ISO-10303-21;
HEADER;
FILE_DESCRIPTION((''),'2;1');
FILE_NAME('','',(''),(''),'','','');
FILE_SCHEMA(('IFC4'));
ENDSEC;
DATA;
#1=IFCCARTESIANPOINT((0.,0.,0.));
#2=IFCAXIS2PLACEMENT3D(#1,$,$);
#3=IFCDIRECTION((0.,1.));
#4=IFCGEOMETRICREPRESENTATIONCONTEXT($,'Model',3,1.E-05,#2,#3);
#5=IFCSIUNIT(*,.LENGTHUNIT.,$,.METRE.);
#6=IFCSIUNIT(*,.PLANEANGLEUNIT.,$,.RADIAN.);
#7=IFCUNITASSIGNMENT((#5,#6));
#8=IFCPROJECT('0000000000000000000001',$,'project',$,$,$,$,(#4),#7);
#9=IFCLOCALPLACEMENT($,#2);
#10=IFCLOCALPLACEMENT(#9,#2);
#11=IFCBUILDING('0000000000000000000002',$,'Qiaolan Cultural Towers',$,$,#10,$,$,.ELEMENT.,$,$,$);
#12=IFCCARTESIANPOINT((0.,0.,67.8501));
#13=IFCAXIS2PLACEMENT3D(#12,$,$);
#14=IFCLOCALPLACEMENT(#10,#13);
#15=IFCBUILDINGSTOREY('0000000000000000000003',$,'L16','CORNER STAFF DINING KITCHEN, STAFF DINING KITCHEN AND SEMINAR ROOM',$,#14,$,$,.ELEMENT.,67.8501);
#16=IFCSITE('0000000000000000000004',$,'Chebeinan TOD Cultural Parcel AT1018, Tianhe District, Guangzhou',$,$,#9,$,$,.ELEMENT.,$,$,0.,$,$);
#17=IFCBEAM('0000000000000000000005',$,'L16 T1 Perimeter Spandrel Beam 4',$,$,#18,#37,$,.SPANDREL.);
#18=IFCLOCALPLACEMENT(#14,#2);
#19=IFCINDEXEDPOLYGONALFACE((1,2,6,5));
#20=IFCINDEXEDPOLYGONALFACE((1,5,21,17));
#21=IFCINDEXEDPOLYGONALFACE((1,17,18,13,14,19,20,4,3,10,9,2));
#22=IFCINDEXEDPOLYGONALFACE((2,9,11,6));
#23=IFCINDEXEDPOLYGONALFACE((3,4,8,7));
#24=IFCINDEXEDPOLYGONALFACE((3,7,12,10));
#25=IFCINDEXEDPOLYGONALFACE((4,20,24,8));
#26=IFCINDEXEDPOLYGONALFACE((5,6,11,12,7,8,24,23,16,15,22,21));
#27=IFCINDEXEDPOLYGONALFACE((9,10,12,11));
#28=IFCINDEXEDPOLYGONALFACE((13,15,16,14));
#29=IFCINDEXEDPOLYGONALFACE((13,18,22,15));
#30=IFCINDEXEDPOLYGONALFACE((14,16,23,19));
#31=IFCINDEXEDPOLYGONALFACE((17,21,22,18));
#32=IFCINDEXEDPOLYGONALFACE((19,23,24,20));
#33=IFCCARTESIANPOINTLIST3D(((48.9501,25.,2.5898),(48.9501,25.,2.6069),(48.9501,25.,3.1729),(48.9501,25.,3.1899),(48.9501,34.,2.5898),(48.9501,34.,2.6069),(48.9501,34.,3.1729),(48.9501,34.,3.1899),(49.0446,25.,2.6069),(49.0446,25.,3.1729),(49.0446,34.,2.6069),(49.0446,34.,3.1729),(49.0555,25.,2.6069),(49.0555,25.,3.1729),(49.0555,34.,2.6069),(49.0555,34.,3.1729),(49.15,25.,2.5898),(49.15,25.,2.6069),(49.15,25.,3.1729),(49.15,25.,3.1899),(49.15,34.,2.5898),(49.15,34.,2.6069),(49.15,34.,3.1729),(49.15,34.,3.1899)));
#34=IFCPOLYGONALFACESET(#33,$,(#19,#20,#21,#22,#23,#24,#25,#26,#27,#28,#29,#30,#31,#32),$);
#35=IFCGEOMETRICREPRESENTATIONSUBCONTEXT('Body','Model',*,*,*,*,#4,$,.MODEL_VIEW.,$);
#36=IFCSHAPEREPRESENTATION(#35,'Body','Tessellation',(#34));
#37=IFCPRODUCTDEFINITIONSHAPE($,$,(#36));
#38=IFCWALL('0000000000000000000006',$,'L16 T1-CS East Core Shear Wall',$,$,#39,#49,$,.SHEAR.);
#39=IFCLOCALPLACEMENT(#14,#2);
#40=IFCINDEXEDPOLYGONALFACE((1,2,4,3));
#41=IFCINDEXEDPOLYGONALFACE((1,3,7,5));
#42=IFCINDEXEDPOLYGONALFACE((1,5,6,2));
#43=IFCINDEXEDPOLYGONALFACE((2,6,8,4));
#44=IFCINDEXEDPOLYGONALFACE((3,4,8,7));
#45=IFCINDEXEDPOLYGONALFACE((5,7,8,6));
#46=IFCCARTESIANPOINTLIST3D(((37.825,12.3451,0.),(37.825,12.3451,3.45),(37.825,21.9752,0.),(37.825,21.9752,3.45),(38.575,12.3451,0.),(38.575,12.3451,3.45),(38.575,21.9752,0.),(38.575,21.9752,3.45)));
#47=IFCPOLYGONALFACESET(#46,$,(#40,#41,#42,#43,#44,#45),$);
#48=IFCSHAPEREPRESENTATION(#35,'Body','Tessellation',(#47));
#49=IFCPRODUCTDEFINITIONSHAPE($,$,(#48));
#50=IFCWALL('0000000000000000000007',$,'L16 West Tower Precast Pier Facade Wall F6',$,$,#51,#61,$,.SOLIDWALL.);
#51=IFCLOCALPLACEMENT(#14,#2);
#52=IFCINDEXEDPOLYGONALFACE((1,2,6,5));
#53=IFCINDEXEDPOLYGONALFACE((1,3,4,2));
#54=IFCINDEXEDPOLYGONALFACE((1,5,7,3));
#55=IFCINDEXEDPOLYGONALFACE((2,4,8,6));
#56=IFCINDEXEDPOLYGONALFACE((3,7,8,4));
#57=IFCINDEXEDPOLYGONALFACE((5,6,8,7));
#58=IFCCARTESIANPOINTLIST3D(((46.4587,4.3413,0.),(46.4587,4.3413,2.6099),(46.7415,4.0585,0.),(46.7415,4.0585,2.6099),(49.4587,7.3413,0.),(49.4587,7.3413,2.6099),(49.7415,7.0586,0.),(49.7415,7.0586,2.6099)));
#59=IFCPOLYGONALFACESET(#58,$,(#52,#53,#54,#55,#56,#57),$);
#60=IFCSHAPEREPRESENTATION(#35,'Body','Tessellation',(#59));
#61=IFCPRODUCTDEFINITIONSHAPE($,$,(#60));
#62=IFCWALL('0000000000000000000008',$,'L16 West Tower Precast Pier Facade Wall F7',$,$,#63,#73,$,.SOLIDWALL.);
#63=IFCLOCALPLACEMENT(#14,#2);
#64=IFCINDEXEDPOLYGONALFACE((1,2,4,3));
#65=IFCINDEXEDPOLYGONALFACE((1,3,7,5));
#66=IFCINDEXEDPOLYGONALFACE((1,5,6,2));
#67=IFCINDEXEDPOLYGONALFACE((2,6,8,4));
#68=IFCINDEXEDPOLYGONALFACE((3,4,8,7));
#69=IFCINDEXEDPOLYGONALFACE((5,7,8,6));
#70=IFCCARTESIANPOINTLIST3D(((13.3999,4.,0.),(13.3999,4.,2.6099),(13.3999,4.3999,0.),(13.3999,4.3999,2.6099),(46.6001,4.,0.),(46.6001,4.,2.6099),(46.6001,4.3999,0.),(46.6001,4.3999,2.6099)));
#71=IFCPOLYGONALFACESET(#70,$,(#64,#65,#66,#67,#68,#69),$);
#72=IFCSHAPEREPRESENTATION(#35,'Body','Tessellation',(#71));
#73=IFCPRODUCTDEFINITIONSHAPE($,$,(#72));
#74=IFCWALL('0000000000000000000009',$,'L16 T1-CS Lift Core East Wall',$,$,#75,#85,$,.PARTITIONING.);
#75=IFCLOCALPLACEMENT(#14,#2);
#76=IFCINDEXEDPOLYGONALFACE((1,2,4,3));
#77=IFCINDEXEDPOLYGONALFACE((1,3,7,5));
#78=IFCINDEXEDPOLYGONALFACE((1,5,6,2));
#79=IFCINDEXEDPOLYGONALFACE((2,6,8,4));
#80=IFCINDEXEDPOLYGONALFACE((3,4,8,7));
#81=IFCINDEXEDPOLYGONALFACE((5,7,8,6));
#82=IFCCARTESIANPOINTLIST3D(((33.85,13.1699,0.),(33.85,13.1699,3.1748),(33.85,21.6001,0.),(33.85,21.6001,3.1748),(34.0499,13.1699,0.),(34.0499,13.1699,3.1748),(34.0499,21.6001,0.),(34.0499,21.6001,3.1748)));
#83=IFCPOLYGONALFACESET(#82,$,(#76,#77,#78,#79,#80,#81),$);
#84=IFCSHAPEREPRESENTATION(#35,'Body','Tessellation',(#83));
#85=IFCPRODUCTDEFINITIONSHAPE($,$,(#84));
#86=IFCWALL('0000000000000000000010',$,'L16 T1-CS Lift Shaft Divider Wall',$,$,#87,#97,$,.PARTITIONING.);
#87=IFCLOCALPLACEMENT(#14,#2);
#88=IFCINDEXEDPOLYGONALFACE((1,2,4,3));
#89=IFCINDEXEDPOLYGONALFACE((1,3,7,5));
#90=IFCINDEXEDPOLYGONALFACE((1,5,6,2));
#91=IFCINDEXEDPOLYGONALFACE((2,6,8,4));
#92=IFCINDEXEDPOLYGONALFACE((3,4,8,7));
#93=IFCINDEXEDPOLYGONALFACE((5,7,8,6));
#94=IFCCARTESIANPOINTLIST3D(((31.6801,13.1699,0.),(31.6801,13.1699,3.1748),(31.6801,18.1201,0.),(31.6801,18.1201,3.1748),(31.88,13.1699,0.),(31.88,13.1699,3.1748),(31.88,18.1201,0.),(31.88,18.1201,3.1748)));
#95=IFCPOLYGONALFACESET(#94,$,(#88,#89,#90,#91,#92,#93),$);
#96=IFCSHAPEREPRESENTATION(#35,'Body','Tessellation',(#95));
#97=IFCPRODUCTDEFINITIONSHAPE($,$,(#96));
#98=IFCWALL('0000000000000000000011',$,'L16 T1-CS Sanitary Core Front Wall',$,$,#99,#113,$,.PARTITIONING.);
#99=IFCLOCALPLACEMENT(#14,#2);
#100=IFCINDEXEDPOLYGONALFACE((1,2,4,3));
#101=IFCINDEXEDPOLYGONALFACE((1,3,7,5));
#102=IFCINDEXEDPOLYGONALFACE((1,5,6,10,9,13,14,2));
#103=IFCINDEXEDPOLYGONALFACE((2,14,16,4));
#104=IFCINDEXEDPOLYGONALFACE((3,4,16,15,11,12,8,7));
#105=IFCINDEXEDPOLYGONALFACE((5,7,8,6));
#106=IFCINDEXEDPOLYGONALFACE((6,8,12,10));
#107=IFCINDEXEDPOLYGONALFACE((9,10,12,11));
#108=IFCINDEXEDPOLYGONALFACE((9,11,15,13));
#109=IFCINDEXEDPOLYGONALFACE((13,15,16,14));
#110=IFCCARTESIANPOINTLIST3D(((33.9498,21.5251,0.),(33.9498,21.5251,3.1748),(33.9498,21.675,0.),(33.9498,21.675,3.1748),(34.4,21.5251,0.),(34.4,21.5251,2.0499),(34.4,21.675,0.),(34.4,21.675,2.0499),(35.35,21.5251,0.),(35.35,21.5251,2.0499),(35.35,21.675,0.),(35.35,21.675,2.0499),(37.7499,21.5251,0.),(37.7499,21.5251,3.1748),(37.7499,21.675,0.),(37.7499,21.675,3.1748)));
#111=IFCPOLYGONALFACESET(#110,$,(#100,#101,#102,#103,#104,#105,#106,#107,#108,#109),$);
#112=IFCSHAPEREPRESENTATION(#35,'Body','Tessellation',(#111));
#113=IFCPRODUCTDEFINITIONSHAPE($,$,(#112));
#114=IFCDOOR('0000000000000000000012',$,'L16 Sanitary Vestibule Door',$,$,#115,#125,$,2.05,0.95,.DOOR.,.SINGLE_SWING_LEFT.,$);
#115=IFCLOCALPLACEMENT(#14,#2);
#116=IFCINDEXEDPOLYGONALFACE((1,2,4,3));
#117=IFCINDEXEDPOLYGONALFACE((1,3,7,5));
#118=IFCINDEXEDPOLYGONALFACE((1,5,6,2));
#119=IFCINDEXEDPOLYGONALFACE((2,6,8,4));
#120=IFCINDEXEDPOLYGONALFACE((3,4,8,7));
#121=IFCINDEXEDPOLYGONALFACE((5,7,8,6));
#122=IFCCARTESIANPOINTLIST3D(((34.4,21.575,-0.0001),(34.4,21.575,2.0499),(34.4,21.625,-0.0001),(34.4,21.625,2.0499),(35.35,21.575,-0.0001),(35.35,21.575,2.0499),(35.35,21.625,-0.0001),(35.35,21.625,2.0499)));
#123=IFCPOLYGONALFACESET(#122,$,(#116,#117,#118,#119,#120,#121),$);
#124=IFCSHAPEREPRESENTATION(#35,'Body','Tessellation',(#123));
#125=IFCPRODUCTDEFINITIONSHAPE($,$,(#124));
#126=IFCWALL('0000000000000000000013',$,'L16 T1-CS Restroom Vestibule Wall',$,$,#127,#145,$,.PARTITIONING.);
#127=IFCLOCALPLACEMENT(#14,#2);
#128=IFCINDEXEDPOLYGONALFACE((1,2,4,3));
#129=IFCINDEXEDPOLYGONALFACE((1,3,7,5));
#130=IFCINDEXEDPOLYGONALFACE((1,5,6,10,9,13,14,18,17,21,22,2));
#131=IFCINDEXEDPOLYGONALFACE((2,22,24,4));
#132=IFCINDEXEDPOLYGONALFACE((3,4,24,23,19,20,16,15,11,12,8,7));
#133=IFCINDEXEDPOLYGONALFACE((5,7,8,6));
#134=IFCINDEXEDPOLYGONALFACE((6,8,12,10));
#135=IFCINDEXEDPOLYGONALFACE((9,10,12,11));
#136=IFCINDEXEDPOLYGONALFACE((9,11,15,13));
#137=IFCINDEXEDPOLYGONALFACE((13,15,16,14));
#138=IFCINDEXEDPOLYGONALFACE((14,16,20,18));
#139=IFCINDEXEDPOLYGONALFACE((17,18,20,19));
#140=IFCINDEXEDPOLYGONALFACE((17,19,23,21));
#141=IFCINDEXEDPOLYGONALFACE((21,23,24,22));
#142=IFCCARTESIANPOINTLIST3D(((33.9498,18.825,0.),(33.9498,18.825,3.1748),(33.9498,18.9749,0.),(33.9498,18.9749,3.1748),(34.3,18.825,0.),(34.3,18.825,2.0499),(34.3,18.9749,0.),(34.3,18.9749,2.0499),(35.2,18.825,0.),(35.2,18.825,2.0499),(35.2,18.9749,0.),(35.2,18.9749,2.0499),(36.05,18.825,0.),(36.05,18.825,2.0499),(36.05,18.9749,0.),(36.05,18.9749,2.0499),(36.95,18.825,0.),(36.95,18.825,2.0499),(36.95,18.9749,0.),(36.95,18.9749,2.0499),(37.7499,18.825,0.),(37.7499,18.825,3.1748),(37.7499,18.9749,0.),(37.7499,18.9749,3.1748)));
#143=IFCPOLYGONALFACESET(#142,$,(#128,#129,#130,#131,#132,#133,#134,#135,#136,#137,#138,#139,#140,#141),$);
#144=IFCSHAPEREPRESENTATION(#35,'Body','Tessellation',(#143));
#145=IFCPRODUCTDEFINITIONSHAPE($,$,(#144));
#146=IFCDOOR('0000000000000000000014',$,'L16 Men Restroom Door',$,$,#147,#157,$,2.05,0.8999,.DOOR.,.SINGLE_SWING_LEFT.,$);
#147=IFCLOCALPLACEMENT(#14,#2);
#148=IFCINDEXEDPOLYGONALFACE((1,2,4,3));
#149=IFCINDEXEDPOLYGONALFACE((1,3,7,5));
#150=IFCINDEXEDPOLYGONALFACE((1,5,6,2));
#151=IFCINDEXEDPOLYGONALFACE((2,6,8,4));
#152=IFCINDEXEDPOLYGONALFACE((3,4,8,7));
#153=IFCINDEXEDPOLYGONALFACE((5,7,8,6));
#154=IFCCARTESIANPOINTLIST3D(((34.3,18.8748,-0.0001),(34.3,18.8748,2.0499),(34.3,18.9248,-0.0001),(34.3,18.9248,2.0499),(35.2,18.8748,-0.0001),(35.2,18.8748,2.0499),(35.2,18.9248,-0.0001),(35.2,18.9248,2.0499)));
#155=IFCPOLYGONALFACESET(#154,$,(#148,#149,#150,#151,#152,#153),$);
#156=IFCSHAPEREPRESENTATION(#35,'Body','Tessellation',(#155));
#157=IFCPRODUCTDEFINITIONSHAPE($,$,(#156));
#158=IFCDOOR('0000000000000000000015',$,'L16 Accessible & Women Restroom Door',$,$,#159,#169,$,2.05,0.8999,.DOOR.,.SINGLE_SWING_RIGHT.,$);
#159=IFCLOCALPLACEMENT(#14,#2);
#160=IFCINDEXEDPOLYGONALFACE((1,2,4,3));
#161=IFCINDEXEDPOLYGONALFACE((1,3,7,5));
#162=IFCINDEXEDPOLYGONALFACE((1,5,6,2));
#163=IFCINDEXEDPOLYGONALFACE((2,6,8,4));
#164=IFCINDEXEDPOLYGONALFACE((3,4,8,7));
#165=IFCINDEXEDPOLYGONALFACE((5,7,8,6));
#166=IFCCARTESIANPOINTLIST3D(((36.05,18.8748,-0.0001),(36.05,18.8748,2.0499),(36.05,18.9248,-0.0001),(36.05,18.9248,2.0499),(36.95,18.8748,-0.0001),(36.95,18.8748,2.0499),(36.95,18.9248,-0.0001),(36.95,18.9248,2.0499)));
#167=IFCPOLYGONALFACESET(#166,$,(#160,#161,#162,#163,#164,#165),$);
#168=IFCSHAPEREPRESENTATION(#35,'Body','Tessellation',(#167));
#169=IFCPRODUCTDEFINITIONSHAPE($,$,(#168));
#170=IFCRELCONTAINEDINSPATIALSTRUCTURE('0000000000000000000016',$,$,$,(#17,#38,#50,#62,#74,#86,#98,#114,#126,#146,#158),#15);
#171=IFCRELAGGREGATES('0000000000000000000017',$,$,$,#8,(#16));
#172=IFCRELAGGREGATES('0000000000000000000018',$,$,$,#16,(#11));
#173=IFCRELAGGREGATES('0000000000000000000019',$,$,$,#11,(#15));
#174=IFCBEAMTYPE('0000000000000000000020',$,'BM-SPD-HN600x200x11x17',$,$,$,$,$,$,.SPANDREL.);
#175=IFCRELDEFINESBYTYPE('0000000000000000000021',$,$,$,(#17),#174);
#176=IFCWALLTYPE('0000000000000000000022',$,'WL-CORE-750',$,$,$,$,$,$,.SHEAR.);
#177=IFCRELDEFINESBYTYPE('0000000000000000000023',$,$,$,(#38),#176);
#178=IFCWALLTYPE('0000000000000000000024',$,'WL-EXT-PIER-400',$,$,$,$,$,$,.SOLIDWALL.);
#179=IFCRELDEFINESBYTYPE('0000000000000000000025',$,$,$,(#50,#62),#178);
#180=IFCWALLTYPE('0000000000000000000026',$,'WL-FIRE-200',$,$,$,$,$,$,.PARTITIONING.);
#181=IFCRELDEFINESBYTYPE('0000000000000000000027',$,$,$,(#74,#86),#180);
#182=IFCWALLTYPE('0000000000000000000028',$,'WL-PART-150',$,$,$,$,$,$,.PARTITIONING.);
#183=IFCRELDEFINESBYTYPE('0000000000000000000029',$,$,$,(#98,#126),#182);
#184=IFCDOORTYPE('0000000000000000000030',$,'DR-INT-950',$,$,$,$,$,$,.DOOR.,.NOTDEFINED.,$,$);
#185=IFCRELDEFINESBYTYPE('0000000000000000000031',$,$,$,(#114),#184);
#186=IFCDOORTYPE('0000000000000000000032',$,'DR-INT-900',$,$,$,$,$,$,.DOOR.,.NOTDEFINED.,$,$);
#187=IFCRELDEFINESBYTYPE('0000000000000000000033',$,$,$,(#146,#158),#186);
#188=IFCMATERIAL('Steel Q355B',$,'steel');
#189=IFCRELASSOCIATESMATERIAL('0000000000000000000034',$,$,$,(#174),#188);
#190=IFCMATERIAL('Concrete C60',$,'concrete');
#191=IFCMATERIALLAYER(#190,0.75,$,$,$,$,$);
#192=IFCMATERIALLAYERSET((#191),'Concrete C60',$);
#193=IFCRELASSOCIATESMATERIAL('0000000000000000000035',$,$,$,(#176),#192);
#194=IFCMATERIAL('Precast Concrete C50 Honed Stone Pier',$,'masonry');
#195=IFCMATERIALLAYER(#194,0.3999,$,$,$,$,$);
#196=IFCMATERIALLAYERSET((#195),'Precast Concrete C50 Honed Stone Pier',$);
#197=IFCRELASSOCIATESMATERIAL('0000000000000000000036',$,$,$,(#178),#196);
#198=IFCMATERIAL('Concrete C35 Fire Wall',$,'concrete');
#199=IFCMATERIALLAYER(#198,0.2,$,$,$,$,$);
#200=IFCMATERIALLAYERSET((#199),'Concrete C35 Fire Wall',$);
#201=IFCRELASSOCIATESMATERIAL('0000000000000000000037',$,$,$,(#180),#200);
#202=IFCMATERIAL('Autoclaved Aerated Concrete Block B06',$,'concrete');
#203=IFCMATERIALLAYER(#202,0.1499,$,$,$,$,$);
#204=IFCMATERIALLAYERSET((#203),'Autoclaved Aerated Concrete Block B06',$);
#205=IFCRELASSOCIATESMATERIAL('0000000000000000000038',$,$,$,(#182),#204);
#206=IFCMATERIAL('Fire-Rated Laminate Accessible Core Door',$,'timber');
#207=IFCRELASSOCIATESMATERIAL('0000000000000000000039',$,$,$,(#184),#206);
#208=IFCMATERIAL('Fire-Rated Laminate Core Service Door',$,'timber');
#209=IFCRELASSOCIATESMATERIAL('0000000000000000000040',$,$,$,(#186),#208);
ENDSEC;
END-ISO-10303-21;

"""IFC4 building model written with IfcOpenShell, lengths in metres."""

from ifc_helpers import new_model, si_unit, direction, frame, frame_2d, origin, origin_2d, place, context, subcontext, project, spatial, rectangle, i_section, extrude, material, layer, layer_set, material_profile, profile_set, type_object, element, fill, save


model = new_model("IFC4")

# Units and contexts
model_context = context("Model", 3, precision=1e-05, world=origin(), true_north=direction((0.0, 1.0)))
body_context = subcontext(model_context, "Body", "Model", "MODEL_VIEW")
ifc_project = project(units=[si_unit("LENGTHUNIT", "METRE"), si_unit("PLANEANGLEUNIT", "RADIAN")], contexts=[model_context])

# Site, building, storey
site_placement = place(None, origin())
site = spatial("IfcSite", under=ifc_project, at=site_placement, Name="Chebeinan TOD Cultural Parcel AT1018, Tianhe District, Guangzhou", CompositionType="ELEMENT", RefElevation=0.0)
building_placement = place(site_placement, origin())
building = spatial("IfcBuilding", under=site, at=building_placement, Name="Qiaolan Cultural Towers", CompositionType="ELEMENT")
storey_placement = place(building_placement, frame((0.0, 0.0, 67.8501)))
storey = spatial("IfcBuildingStorey", under=building, at=storey_placement, Name="L16", Description="CORNER STAFF DINING KITCHEN, STAFF DINING KITCHEN AND SEMINAR ROOM", CompositionType="ELEMENT", Elevation=67.8501)

# Beam
ifc_material_1 = material(Name="Steel Q355B", Category="steel")
ifc_material_profile_1 = material_profile(ifc_material_1, i_section(OverallWidth=0.2, OverallDepth=0.6001, WebThickness=0.011, FlangeThickness=0.0171, at=origin_2d()), Name="HN600x200x11x17")
ifc_profile_set_1 = profile_set([ifc_material_profile_1], Name="Steel Q355B")
beam_type_1 = type_object("IfcBeamType", Name="BM-SPD-HN600x200x11x17", PredefinedType="SPANDREL", material=ifc_profile_set_1)
beam_1_placement = place(storey_placement, frame((49.05, 25.0, 2.8899), z_axis=(0.0, 1.0, 0.0), x_axis=(-1.0, 0.0, 0.0)))
element("IfcBeam", 1, at=beam_1_placement, inside=storey, type_object=beam_type_1, Name="L16 T1 Perimeter Spandrel Beam 4", PredefinedType="SPANDREL", context=body_context, shape_type="SweptSolid", body=[
    extrude(i_section(OverallWidth=0.2, OverallDepth=0.6001, WebThickness=0.011, FlangeThickness=0.0171, at=origin_2d()), origin(), (0.0, 0.0, 1.0), 9.0),
])

# Walls
ifc_material_2 = material(Name="Concrete C60", Category="concrete")
ifc_layer_1 = layer(ifc_material_2, 0.75)
ifc_layer_set_1 = layer_set([ifc_layer_1], Name="Concrete C60")
wall_type_1 = type_object("IfcWallType", Name="WL-CORE-750", PredefinedType="SHEAR", material=ifc_layer_set_1)
wall_1_placement = place(storey_placement, frame((38.2, 21.9751, 0.0), z_axis=(0.0, 0.0, 1.0), x_axis=(0.0, -1.0, 0.0)))
element("IfcWall", 2, at=wall_1_placement, inside=storey, type_object=wall_type_1, Name="L16 T1-CS East Core Shear Wall", PredefinedType="SHEAR", context=body_context, shape_type="SweptSolid", body=[
    extrude(rectangle(XDim=9.6301, YDim=0.75, at=frame_2d((4.8149, 0.0))), origin(), (0.0, 0.0, 1.0), 3.45),
])
ifc_material_3 = material(Name="Precast Concrete C50 Honed Stone Pier", Category="masonry")
ifc_layer_2 = layer(ifc_material_3, 0.3999)
ifc_layer_set_2 = layer_set([ifc_layer_2], Name="Precast Concrete C50 Honed Stone Pier")
wall_type_2 = type_object("IfcWallType", Name="WL-EXT-PIER-400", PredefinedType="SOLIDWALL", material=ifc_layer_set_2)
wall_2_placement = place(storey_placement, frame((49.6001, 7.2, 0.0), z_axis=(0.0, 0.0, 1.0), x_axis=(-0.707107, -0.707107, 0.0)))
element("IfcWall", 3, at=wall_2_placement, inside=storey, type_object=wall_type_2, Name="L16 West Tower Precast Pier Facade Wall F6", PredefinedType="SOLIDWALL", context=body_context, shape_type="SweptSolid", body=[
    extrude(rectangle(XDim=4.2427, YDim=0.3999, at=frame_2d((2.1213, 0.0))), origin(), (0.0, 0.0, 1.0), 2.6099),
])
wall_3_placement = place(storey_placement, frame((46.6001, 4.2, 0.0), z_axis=(0.0, 0.0, 1.0), x_axis=(-1.0, 0.0, 0.0)))
element("IfcWall", 4, at=wall_3_placement, inside=storey, type_object=wall_type_2, Name="L16 West Tower Precast Pier Facade Wall F7", PredefinedType="SOLIDWALL", context=body_context, shape_type="SweptSolid", body=[
    extrude(rectangle(XDim=33.2002, YDim=0.3999, at=frame_2d((16.6001, 0.0))), origin(), (0.0, 0.0, 1.0), 2.6099),
])
ifc_material_4 = material(Name="Concrete C35 Fire Wall", Category="concrete")
ifc_layer_3 = layer(ifc_material_4, 0.2)
ifc_layer_set_3 = layer_set([ifc_layer_3], Name="Concrete C35 Fire Wall")
wall_type_3 = type_object("IfcWallType", Name="WL-FIRE-200", PredefinedType="PARTITIONING", material=ifc_layer_set_3)
wall_4_placement = place(storey_placement, frame((33.95, 21.6001, 0.0), z_axis=(0.0, 0.0, 1.0), x_axis=(0.0, -1.0, 0.0)))
element("IfcWall", 5, at=wall_4_placement, inside=storey, type_object=wall_type_3, Name="L16 T1-CS Lift Core East Wall", PredefinedType="PARTITIONING", context=body_context, shape_type="SweptSolid", body=[
    extrude(rectangle(XDim=8.4302, YDim=0.2, at=frame_2d((4.2151, 0.0))), origin(), (0.0, 0.0, 1.0), 3.1748),
])
wall_5_placement = place(storey_placement, frame((31.78, 18.1201, 0.0), z_axis=(0.0, 0.0, 1.0), x_axis=(0.0, -1.0, 0.0)))
element("IfcWall", 6, at=wall_5_placement, inside=storey, type_object=wall_type_3, Name="L16 T1-CS Lift Shaft Divider Wall", PredefinedType="PARTITIONING", context=body_context, shape_type="SweptSolid", body=[
    extrude(rectangle(XDim=4.9502, YDim=0.2, at=frame_2d((2.4751, 0.0))), origin(), (0.0, 0.0, 1.0), 3.1748),
])

# Wall, opening, door
ifc_material_5 = material(Name="Autoclaved Aerated Concrete Block B06", Category="concrete")
ifc_layer_4 = layer(ifc_material_5, 0.1499)
ifc_layer_set_4 = layer_set([ifc_layer_4], Name="Autoclaved Aerated Concrete Block B06")
wall_type_4 = type_object("IfcWallType", Name="WL-PART-150", PredefinedType="PARTITIONING", material=ifc_layer_set_4)
wall_6_placement = place(storey_placement, frame((33.95, 21.6001, 0.0), z_axis=(0.0, 0.0, 1.0), x_axis=(1.0, 0.0, 0.0)))
wall_6 = element("IfcWall", 7, at=wall_6_placement, inside=storey, type_object=wall_type_4, Name="L16 T1-CS Sanitary Core Front Wall", PredefinedType="PARTITIONING", context=body_context, shape_type="SweptSolid", body=[
    extrude(rectangle(XDim=3.8, YDim=0.1499, at=frame_2d((1.8999, 0.0))), origin(), (0.0, 0.0, 1.0), 3.1748),
])
opening_1_placement = place(wall_6_placement, frame((0.45, 0.0, 0.0)))
opening_1 = element("IfcOpeningElement", 8, at=opening_1_placement, cuts=wall_6, PredefinedType="OPENING", context=body_context, shape_type="SweptSolid", body=[
    extrude(rectangle(XDim=0.95, YDim=2.05, at=frame_2d((0.4751, 1.0249))), frame((0.0, 0.085, 0.0), z_axis=(0.0, -1.0, 0.0), x_axis=(1.0, 0.0, 0.0)), (0.0, 0.0, 1.0), 0.1699),
])
ifc_material_6 = material(Name="Fire-Rated Laminate Accessible Core Door", Category="timber")
door_type_1 = type_object("IfcDoorType", Name="DR-INT-950", OperationType="NOTDEFINED", PredefinedType="DOOR", material=ifc_material_6)
door_1_placement = place(opening_1_placement, origin())
door_1 = element("IfcDoor", 9, at=door_1_placement, inside=storey, type_object=door_type_1, Name="L16 Sanitary Vestibule Door", OperationType="SINGLE_SWING_LEFT", OverallHeight=2.05, OverallWidth=0.95, PredefinedType="DOOR", context=body_context, shape_type="SweptSolid", body=[
    extrude(rectangle(XDim=0.95, YDim=2.05, at=frame_2d((0.4751, 1.0249))), frame((0.0, 0.0249, 0.0), z_axis=(0.0, -1.0, 0.0), x_axis=(1.0, 0.0, 0.0)), (0.0, 0.0, 1.0), 0.05),
])
fill(opening_1, door_1)

# Wall, openings, doors
wall_7_placement = place(storey_placement, frame((33.95, 18.8999, 0.0), z_axis=(0.0, 0.0, 1.0), x_axis=(1.0, 0.0, 0.0)))
wall_7 = element("IfcWall", 10, at=wall_7_placement, inside=storey, type_object=wall_type_4, Name="L16 T1-CS Restroom Vestibule Wall", PredefinedType="PARTITIONING", context=body_context, shape_type="SweptSolid", body=[
    extrude(rectangle(XDim=3.8, YDim=0.1499, at=frame_2d((1.8999, 0.0))), origin(), (0.0, 0.0, 1.0), 3.1748),
])
opening_2_placement = place(wall_7_placement, frame((0.3501, 0.0, 0.0)))
opening_2 = element("IfcOpeningElement", 11, at=opening_2_placement, cuts=wall_7, PredefinedType="OPENING", context=body_context, shape_type="SweptSolid", body=[
    extrude(rectangle(XDim=0.8999, YDim=2.05, at=frame_2d((0.45, 1.0249))), frame((0.0, 0.085, 0.0), z_axis=(0.0, -1.0, 0.0), x_axis=(1.0, 0.0, 0.0)), (0.0, 0.0, 1.0), 0.1699),
])
opening_3_placement = place(wall_7_placement, frame((2.1001, 0.0, 0.0)))
opening_3 = element("IfcOpeningElement", 12, at=opening_3_placement, cuts=wall_7, PredefinedType="OPENING", context=body_context, shape_type="SweptSolid", body=[
    extrude(rectangle(XDim=0.8999, YDim=2.05, at=frame_2d((0.45, 1.0249))), frame((0.0, 0.085, 0.0), z_axis=(0.0, -1.0, 0.0), x_axis=(1.0, 0.0, 0.0)), (0.0, 0.0, 1.0), 0.1699),
])
ifc_material_7 = material(Name="Fire-Rated Laminate Core Service Door", Category="timber")
door_type_2 = type_object("IfcDoorType", Name="DR-INT-900", OperationType="NOTDEFINED", PredefinedType="DOOR", material=ifc_material_7)
door_2_placement = place(opening_2_placement, origin())
door_2 = element("IfcDoor", 13, at=door_2_placement, inside=storey, type_object=door_type_2, Name="L16 Men Restroom Door", OperationType="SINGLE_SWING_LEFT", OverallHeight=2.05, OverallWidth=0.8999, PredefinedType="DOOR", context=body_context, shape_type="SweptSolid", body=[
    extrude(rectangle(XDim=0.8999, YDim=2.05, at=frame_2d((0.45, 1.0249))), frame((0.0, 0.0249, 0.0), z_axis=(0.0, -1.0, 0.0), x_axis=(1.0, 0.0, 0.0)), (0.0, 0.0, 1.0), 0.05),
])
fill(opening_2, door_2)
door_3_placement = place(opening_3_placement, origin())
door_3 = element("IfcDoor", 14, at=door_3_placement, inside=storey, type_object=door_type_2, Name="L16 Accessible & Women Restroom Door", OperationType="SINGLE_SWING_RIGHT", OverallHeight=2.05, OverallWidth=0.8999, PredefinedType="DOOR", context=body_context, shape_type="SweptSolid", body=[
    extrude(rectangle(XDim=0.8999, YDim=2.05, at=frame_2d((0.45, 1.0249))), frame((0.0, 0.0249, 0.0), z_axis=(0.0, -1.0, 0.0), x_axis=(1.0, 0.0, 0.0)), (0.0, 0.0, 1.0), 0.05),
])
fill(opening_3, door_3)

save(model, "model.ifc")
